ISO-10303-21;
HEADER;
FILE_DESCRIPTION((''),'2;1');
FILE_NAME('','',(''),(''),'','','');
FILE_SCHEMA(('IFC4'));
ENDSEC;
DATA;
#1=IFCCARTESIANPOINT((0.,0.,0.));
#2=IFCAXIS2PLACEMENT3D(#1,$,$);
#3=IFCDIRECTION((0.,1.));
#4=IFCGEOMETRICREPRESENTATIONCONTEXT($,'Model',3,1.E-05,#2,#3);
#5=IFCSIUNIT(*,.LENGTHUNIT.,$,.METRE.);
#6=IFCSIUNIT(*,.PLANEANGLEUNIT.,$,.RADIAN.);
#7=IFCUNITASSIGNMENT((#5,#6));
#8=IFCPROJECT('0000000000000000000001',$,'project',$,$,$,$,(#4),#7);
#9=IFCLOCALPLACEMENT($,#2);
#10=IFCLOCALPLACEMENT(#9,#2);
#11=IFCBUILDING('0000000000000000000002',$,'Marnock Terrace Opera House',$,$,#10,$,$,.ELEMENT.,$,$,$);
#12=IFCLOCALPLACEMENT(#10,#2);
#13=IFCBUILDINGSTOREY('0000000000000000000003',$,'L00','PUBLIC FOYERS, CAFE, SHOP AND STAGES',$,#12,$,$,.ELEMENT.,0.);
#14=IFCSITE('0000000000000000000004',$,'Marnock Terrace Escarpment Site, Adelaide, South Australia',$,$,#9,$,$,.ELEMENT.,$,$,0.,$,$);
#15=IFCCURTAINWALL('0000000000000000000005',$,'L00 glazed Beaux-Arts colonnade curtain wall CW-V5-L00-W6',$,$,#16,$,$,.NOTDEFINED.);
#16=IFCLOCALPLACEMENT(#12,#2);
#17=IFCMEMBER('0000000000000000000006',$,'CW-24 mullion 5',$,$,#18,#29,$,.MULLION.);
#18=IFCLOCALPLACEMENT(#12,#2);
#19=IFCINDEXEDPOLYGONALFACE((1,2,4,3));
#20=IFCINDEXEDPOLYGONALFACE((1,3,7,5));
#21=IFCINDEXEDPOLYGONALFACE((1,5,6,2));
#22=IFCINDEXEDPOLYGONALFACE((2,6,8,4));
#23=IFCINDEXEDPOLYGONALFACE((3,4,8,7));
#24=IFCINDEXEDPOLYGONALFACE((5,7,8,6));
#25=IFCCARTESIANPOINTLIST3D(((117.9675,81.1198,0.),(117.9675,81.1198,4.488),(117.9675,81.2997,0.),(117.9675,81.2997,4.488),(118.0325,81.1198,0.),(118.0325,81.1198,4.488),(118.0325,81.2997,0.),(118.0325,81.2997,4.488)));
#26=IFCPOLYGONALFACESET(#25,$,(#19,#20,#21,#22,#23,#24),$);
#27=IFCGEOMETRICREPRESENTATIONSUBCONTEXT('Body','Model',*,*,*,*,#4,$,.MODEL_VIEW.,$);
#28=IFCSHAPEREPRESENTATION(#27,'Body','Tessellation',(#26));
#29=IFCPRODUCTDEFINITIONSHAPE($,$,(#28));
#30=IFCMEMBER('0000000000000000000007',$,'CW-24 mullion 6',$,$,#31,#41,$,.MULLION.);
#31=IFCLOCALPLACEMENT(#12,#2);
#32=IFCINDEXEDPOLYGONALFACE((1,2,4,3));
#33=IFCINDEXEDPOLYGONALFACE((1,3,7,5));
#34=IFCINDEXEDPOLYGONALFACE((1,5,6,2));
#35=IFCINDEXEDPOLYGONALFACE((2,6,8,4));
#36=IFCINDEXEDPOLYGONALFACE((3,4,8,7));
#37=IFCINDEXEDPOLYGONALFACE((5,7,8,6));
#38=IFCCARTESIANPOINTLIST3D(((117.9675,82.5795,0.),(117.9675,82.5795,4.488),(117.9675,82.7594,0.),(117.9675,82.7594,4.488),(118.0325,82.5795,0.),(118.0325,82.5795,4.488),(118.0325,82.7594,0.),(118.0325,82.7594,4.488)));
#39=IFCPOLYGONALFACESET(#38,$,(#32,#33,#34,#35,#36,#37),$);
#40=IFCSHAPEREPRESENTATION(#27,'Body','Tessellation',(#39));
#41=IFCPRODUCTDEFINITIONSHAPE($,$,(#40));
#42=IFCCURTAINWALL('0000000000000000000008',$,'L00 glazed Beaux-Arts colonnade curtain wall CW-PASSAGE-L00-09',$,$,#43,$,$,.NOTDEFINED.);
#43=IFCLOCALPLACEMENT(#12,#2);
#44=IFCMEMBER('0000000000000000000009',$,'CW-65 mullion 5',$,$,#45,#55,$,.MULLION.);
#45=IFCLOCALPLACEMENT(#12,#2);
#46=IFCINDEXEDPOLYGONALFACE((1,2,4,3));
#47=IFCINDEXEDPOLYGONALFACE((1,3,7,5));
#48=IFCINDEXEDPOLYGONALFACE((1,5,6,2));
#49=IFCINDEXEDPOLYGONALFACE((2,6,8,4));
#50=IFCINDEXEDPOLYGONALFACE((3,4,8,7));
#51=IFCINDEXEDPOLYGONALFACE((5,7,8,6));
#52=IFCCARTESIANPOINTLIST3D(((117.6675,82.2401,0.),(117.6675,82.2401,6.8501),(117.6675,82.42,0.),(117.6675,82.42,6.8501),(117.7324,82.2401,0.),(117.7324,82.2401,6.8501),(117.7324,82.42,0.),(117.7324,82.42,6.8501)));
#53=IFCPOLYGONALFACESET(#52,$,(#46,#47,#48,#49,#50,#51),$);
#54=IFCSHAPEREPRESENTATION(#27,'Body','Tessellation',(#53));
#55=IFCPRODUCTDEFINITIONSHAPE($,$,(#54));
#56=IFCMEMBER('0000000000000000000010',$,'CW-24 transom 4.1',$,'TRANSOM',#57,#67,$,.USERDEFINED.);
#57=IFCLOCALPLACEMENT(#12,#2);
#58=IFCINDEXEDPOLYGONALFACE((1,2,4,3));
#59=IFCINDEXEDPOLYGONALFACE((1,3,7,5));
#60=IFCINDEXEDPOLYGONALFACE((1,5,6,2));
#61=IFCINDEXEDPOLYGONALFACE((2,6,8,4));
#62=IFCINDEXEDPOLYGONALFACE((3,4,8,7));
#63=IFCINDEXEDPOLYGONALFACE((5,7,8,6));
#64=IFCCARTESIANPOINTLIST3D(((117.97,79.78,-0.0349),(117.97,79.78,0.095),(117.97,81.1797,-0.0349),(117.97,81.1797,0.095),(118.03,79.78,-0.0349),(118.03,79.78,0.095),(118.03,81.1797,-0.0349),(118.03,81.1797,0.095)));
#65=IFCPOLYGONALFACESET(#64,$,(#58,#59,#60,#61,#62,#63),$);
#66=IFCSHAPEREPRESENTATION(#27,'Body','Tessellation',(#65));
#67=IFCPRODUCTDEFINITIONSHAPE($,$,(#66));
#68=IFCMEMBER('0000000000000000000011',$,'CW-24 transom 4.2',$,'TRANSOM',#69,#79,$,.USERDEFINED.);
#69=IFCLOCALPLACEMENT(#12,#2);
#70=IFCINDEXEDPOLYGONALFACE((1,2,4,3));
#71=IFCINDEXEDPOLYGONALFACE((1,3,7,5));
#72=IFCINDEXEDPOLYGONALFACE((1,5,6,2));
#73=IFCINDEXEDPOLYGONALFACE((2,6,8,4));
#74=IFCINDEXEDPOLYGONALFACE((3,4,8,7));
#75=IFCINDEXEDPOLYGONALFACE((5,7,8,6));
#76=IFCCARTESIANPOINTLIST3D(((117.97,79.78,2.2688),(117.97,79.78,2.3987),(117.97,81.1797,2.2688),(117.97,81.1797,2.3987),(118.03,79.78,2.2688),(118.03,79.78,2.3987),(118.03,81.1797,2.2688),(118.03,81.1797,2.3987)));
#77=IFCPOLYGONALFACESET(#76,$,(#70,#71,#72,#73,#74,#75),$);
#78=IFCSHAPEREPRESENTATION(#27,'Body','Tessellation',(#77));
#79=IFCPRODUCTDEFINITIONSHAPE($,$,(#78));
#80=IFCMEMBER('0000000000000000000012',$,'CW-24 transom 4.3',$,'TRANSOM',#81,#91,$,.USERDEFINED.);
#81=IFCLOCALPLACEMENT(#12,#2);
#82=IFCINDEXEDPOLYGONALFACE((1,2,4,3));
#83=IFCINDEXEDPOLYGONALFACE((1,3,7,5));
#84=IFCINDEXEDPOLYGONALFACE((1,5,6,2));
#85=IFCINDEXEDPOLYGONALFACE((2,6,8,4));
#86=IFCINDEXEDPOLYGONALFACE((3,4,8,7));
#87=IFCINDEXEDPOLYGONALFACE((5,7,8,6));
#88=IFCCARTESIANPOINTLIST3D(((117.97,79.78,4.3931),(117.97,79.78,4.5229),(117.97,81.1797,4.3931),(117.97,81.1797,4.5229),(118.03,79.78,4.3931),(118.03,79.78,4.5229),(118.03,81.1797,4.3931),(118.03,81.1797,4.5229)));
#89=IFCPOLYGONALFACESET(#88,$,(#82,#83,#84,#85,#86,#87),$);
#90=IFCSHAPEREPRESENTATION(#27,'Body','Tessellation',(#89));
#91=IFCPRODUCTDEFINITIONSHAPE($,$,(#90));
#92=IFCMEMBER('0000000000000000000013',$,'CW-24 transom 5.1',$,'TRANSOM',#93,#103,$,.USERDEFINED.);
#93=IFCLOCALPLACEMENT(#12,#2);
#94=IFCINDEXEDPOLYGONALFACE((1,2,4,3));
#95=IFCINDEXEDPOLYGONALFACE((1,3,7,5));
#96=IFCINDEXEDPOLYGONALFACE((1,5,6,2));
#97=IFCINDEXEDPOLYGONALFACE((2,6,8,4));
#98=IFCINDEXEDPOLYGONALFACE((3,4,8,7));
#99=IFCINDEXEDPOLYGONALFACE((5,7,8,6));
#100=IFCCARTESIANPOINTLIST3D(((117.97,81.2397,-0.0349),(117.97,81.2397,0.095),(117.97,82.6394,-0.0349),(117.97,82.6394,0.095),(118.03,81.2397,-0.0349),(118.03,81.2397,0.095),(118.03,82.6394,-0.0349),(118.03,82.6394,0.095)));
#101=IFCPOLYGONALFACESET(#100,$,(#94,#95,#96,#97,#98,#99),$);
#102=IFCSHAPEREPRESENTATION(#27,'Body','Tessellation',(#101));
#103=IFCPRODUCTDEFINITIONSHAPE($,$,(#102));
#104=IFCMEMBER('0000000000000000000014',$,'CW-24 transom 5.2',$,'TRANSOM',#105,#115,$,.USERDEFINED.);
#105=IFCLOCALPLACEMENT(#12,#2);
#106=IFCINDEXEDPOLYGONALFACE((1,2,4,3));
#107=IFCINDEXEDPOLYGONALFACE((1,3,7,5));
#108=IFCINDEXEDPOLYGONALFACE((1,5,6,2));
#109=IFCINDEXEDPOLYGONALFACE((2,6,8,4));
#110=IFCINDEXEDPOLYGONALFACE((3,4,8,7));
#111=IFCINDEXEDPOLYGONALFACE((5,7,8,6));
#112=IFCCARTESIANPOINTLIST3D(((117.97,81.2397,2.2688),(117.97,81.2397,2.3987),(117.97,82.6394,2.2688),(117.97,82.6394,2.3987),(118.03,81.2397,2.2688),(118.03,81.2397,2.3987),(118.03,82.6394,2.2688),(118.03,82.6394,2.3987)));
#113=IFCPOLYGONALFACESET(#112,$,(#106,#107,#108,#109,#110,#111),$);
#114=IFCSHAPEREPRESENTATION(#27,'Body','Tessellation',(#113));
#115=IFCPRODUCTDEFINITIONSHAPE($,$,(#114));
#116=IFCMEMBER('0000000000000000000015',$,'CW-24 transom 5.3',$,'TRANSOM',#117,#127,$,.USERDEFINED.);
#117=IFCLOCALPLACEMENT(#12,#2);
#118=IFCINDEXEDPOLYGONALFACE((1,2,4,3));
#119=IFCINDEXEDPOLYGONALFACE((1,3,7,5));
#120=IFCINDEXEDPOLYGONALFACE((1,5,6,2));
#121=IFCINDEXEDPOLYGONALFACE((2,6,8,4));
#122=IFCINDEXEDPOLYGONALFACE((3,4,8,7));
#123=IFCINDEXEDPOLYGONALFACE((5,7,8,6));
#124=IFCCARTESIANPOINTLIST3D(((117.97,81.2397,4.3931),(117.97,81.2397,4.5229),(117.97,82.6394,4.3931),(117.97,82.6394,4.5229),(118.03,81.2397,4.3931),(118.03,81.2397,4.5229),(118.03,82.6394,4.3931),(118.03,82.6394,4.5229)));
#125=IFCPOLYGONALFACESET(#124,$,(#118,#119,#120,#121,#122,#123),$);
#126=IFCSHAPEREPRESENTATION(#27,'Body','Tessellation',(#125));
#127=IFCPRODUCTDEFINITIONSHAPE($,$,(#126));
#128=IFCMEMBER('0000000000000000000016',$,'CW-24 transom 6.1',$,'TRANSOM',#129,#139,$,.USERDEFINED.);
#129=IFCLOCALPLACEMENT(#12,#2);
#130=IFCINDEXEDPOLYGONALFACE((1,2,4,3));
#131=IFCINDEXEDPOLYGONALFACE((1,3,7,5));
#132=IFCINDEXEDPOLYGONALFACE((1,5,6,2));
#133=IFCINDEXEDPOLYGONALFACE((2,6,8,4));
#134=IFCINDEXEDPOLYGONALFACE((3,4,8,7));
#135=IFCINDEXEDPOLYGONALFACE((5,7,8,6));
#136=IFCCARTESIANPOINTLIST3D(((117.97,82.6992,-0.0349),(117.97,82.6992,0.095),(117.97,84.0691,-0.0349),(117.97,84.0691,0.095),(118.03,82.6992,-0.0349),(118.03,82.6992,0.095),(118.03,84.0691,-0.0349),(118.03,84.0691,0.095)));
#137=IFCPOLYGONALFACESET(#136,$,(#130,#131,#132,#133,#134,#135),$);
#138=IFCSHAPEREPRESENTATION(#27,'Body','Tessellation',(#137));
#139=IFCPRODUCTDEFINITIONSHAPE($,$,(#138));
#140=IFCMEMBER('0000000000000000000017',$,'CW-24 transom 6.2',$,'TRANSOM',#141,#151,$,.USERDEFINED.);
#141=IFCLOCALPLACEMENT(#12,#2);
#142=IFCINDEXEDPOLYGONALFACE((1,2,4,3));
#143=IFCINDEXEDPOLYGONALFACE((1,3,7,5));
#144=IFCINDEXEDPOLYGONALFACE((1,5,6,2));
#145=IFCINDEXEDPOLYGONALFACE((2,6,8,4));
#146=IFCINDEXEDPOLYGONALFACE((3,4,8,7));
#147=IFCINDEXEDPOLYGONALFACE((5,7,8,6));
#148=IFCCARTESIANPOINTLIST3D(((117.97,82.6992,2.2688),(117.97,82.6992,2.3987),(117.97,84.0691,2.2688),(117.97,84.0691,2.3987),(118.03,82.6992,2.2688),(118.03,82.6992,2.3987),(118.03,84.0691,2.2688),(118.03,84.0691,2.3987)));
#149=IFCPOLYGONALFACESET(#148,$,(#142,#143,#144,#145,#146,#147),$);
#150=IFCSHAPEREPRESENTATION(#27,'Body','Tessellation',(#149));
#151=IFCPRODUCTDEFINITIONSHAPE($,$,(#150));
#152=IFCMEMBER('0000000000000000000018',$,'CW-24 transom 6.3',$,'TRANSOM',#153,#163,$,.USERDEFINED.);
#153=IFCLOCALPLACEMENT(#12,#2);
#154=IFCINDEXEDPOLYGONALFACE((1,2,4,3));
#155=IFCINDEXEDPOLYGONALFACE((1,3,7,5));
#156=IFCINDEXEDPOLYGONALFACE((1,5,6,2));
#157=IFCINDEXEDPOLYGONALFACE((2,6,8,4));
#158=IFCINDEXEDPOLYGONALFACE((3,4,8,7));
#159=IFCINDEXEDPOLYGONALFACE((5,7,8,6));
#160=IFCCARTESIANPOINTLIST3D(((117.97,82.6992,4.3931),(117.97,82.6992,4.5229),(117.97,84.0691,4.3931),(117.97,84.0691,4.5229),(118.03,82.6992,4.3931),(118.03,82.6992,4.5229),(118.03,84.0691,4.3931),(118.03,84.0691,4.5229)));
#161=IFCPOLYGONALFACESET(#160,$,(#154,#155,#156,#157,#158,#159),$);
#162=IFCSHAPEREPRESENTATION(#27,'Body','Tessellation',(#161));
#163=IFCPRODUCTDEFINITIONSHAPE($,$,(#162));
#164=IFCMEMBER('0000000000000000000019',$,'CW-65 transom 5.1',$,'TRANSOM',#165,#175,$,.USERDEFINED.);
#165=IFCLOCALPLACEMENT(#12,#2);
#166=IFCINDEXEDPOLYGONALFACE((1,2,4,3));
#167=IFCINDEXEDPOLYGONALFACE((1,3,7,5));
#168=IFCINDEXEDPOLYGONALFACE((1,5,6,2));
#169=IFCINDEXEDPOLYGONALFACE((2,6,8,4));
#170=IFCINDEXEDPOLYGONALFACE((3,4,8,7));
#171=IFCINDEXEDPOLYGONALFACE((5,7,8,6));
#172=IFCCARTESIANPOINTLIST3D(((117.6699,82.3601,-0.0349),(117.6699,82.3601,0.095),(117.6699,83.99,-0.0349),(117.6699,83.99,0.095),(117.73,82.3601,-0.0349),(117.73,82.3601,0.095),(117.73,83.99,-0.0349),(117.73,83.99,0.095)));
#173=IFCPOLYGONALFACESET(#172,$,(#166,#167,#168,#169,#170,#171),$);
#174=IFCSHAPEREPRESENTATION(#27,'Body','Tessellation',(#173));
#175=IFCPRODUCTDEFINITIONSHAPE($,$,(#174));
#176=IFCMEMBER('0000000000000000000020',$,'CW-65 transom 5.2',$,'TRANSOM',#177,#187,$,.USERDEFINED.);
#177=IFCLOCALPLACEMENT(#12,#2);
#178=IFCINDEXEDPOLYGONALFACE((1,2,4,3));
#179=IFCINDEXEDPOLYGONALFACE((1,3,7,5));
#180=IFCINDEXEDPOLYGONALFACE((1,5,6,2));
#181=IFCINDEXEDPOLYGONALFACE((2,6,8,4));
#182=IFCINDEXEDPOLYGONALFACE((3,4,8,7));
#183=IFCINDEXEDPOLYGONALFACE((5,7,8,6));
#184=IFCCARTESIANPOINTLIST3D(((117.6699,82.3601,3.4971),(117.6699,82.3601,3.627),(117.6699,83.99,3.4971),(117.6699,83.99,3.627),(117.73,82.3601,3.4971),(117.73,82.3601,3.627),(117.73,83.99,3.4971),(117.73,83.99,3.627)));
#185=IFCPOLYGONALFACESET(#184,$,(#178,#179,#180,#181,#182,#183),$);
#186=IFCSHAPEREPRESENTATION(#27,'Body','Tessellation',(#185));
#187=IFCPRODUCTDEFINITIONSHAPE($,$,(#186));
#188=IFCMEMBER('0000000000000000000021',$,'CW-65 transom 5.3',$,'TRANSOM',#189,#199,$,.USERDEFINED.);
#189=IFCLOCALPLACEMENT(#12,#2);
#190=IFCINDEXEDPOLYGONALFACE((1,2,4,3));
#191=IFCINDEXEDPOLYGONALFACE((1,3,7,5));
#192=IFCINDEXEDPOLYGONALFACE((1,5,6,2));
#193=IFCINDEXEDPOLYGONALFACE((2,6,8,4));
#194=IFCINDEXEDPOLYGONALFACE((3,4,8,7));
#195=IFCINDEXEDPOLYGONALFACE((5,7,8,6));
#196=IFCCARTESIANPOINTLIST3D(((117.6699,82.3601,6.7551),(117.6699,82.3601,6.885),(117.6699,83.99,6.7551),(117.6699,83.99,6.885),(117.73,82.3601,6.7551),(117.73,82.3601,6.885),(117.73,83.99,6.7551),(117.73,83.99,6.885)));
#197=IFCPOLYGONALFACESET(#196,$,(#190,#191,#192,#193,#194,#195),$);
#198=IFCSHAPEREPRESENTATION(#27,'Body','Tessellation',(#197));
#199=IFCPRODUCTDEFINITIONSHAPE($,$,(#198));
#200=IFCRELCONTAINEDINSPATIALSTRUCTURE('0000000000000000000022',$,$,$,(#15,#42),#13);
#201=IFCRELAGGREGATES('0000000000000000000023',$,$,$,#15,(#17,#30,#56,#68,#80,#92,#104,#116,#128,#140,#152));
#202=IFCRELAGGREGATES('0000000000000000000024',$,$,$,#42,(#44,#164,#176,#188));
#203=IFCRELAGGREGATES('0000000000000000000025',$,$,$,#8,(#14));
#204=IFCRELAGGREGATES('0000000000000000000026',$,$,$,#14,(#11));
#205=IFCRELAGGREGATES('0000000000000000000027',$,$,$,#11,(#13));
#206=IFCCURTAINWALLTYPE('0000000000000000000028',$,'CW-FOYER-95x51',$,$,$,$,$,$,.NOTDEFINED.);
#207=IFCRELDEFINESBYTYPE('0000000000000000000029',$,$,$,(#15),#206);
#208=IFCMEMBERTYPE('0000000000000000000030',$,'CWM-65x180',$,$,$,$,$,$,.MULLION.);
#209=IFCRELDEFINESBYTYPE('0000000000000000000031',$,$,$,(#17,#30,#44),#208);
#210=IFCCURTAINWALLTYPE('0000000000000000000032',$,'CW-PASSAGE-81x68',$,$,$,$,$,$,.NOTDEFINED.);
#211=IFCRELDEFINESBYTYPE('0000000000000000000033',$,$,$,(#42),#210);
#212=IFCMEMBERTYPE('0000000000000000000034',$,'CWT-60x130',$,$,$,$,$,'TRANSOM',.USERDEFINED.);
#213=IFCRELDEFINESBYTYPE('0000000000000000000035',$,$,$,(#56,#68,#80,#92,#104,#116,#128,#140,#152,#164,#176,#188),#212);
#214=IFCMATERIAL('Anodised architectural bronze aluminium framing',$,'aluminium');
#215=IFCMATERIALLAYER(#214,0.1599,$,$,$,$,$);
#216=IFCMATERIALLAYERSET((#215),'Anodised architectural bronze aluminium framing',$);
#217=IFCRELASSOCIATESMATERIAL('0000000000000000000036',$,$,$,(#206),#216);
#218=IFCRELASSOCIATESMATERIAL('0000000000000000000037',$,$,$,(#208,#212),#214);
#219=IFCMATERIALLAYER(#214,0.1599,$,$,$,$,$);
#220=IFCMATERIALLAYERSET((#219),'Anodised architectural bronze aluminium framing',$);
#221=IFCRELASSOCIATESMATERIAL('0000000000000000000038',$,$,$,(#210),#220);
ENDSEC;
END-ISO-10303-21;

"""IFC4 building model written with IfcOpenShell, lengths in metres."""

from ifc_helpers import new_model, si_unit, direction, frame, origin, origin_2d, place, context, subcontext, project, spatial, rectangle, extrude, material, layer, layer_set, material_profile, profile_set, type_object, element, aggregate, save


model = new_model("IFC4")

# Units and contexts
model_context = context("Model", 3, precision=1e-05, world=origin(), true_north=direction((0.0, 1.0)))
body_context = subcontext(model_context, "Body", "Model", "MODEL_VIEW")
ifc_project = project(units=[si_unit("LENGTHUNIT", "METRE"), si_unit("PLANEANGLEUNIT", "RADIAN")], contexts=[model_context])

# Site, building, storey
site_placement = place(None, origin())
site = spatial("IfcSite", under=ifc_project, at=site_placement, Name="Marnock Terrace Escarpment Site, Adelaide, South Australia", CompositionType="ELEMENT", RefElevation=0.0)
building_placement = place(site_placement, origin())
building = spatial("IfcBuilding", under=site, at=building_placement, Name="Marnock Terrace Opera House", CompositionType="ELEMENT")
storey_placement = place(building_placement, origin())
storey = spatial("IfcBuildingStorey", under=building, at=storey_placement, Name="L00", Description="PUBLIC FOYERS, CAFE, SHOP AND STAGES", CompositionType="ELEMENT", Elevation=0.0)

# Curtain wall, members
ifc_material_1 = material(Name="Anodised architectural bronze aluminium framing", Category="aluminium")
ifc_layer_1 = layer(ifc_material_1, 0.1599)
ifc_layer_set_1 = layer_set([ifc_layer_1], Name="Anodised architectural bronze aluminium framing")
curtain_wall_type_1 = type_object("IfcCurtainWallType", Name="CW-FOYER-95x51", PredefinedType="NOTDEFINED", material=ifc_layer_set_1)
curtain_wall_1_placement = place(storey_placement, origin())
curtain_wall_1 = element("IfcCurtainWall", 1, at=curtain_wall_1_placement, inside=storey, type_object=curtain_wall_type_1, Name="L00 glazed Beaux-Arts colonnade curtain wall CW-V5-L00-W6", PredefinedType="NOTDEFINED")
ifc_material_profile_1 = material_profile(ifc_material_1, rectangle(XDim=0.0649, YDim=0.1799, at=origin_2d()))
ifc_profile_set_1 = profile_set([ifc_material_profile_1], Name="Anodised architectural bronze aluminium framing")
member_type_1 = type_object("IfcMemberType", Name="CWM-65x180", PredefinedType="MULLION", material=ifc_profile_set_1)
member_1_placement = place(storey_placement, frame((118.0, 81.2097, 0.0), z_axis=(0.0, 0.0, 1.0), x_axis=(-1.0, 0.0, 0.0)))
member_1 = element("IfcMember", 2, at=member_1_placement, type_object=member_type_1, Name="CW-24 mullion 5", PredefinedType="MULLION", context=body_context, shape_type="SweptSolid", body=[
    extrude(rectangle(XDim=0.0649, YDim=0.1799, at=origin_2d()), origin(), (0.0, 0.0, 1.0), 4.488),
])
member_2_placement = place(storey_placement, frame((118.0, 82.6694, 0.0), z_axis=(0.0, 0.0, 1.0), x_axis=(-1.0, 0.0, 0.0)))
member_2 = element("IfcMember", 3, at=member_2_placement, type_object=member_type_1, Name="CW-24 mullion 6", PredefinedType="MULLION", context=body_context, shape_type="SweptSolid", body=[
    extrude(rectangle(XDim=0.0649, YDim=0.1799, at=origin_2d()), origin(), (0.0, 0.0, 1.0), 4.488),
])

# Curtain wall, member
ifc_layer_2 = layer(ifc_material_1, 0.1599)
ifc_layer_set_2 = layer_set([ifc_layer_2], Name="Anodised architectural bronze aluminium framing")
curtain_wall_type_2 = type_object("IfcCurtainWallType", Name="CW-PASSAGE-81x68", PredefinedType="NOTDEFINED", material=ifc_layer_set_2)
curtain_wall_2_placement = place(storey_placement, origin())
curtain_wall_2 = element("IfcCurtainWall", 4, at=curtain_wall_2_placement, inside=storey, type_object=curtain_wall_type_2, Name="L00 glazed Beaux-Arts colonnade curtain wall CW-PASSAGE-L00-09", PredefinedType="NOTDEFINED")
member_3_placement = place(storey_placement, frame((117.7, 82.3301, 0.0), z_axis=(0.0, 0.0, 1.0), x_axis=(-1.0, 0.0, 0.0)))
member_3 = element("IfcMember", 5, at=member_3_placement, type_object=member_type_1, Name="CW-65 mullion 5", PredefinedType="MULLION", context=body_context, shape_type="SweptSolid", body=[
    extrude(rectangle(XDim=0.0649, YDim=0.1799, at=origin_2d()), origin(), (0.0, 0.0, 1.0), 6.8501),
])

# Members
ifc_material_profile_2 = material_profile(ifc_material_1, rectangle(XDim=0.0601, YDim=0.1299, at=origin_2d()))
ifc_profile_set_2 = profile_set([ifc_material_profile_2], Name="Anodised architectural bronze aluminium framing")
member_type_2 = type_object("IfcMemberType", Name="CWT-60x130", ElementType="TRANSOM", PredefinedType="USERDEFINED", material=ifc_profile_set_2)
member_4_placement = place(storey_placement, frame((118.0, 79.78, 0.03), z_axis=(0.0, 1.0, 0.0), x_axis=(-1.0, 0.0, 0.0)))
member_4 = element("IfcMember", 6, at=member_4_placement, type_object=member_type_2, Name="CW-24 transom 4.1", ObjectType="TRANSOM", PredefinedType="USERDEFINED", context=body_context, shape_type="SweptSolid", body=[
    extrude(rectangle(XDim=0.0601, YDim=0.1299, at=origin_2d()), origin(), (0.0, 0.0, 1.0), 1.3997),
])
member_5_placement = place(storey_placement, frame((118.0, 79.78, 2.3337), z_axis=(0.0, 1.0, 0.0), x_axis=(-1.0, 0.0, 0.0)))
member_5 = element("IfcMember", 7, at=member_5_placement, type_object=member_type_2, Name="CW-24 transom 4.2", ObjectType="TRANSOM", PredefinedType="USERDEFINED", context=body_context, shape_type="SweptSolid", body=[
    extrude(rectangle(XDim=0.0601, YDim=0.1299, at=origin_2d()), origin(), (0.0, 0.0, 1.0), 1.3997),
])
member_6_placement = place(storey_placement, frame((118.0, 79.78, 4.458), z_axis=(0.0, 1.0, 0.0), x_axis=(-1.0, 0.0, 0.0)))
member_6 = element("IfcMember", 8, at=member_6_placement, type_object=member_type_2, Name="CW-24 transom 4.3", ObjectType="TRANSOM", PredefinedType="USERDEFINED", context=body_context, shape_type="SweptSolid", body=[
    extrude(rectangle(XDim=0.0601, YDim=0.1299, at=origin_2d()), origin(), (0.0, 0.0, 1.0), 1.3997),
])
member_7_placement = place(storey_placement, frame((118.0, 81.2397, 0.03), z_axis=(0.0, 1.0, 0.0), x_axis=(-1.0, 0.0, 0.0)))
member_7 = element("IfcMember", 9, at=member_7_placement, type_object=member_type_2, Name="CW-24 transom 5.1", ObjectType="TRANSOM", PredefinedType="USERDEFINED", context=body_context, shape_type="SweptSolid", body=[
    extrude(rectangle(XDim=0.0601, YDim=0.1299, at=origin_2d()), origin(), (0.0, 0.0, 1.0), 1.3997),
])
member_8_placement = place(storey_placement, frame((118.0, 81.2397, 2.3337), z_axis=(0.0, 1.0, 0.0), x_axis=(-1.0, 0.0, 0.0)))
member_8 = element("IfcMember", 10, at=member_8_placement, type_object=member_type_2, Name="CW-24 transom 5.2", ObjectType="TRANSOM", PredefinedType="USERDEFINED", context=body_context, shape_type="SweptSolid", body=[
    extrude(rectangle(XDim=0.0601, YDim=0.1299, at=origin_2d()), origin(), (0.0, 0.0, 1.0), 1.3997),
])
member_9_placement = place(storey_placement, frame((118.0, 81.2397, 4.458), z_axis=(0.0, 1.0, 0.0), x_axis=(-1.0, 0.0, 0.0)))
member_9 = element("IfcMember", 11, at=member_9_placement, type_object=member_type_2, Name="CW-24 transom 5.3", ObjectType="TRANSOM", PredefinedType="USERDEFINED", context=body_context, shape_type="SweptSolid", body=[
    extrude(rectangle(XDim=0.0601, YDim=0.1299, at=origin_2d()), origin(), (0.0, 0.0, 1.0), 1.3997),
])
member_10_placement = place(storey_placement, frame((118.0, 82.6992, 0.03), z_axis=(0.0, 1.0, 0.0), x_axis=(-1.0, 0.0, 0.0)))
member_10 = element("IfcMember", 12, at=member_10_placement, type_object=member_type_2, Name="CW-24 transom 6.1", ObjectType="TRANSOM", PredefinedType="USERDEFINED", context=body_context, shape_type="SweptSolid", body=[
    extrude(rectangle(XDim=0.0601, YDim=0.1299, at=origin_2d()), origin(), (0.0, 0.0, 1.0), 1.3699),
])
member_11_placement = place(storey_placement, frame((118.0, 82.6992, 2.3337), z_axis=(0.0, 1.0, 0.0), x_axis=(-1.0, 0.0, 0.0)))
member_11 = element("IfcMember", 13, at=member_11_placement, type_object=member_type_2, Name="CW-24 transom 6.2", ObjectType="TRANSOM", PredefinedType="USERDEFINED", context=body_context, shape_type="SweptSolid", body=[
    extrude(rectangle(XDim=0.0601, YDim=0.1299, at=origin_2d()), origin(), (0.0, 0.0, 1.0), 1.3699),
])
member_12_placement = place(storey_placement, frame((118.0, 82.6992, 4.458), z_axis=(0.0, 1.0, 0.0), x_axis=(-1.0, 0.0, 0.0)))
member_12 = element("IfcMember", 14, at=member_12_placement, type_object=member_type_2, Name="CW-24 transom 6.3", ObjectType="TRANSOM", PredefinedType="USERDEFINED", context=body_context, shape_type="SweptSolid", body=[
    extrude(rectangle(XDim=0.0601, YDim=0.1299, at=origin_2d()), origin(), (0.0, 0.0, 1.0), 1.3699),
])
member_13_placement = place(storey_placement, frame((117.7, 82.3601, 0.03), z_axis=(0.0, 1.0, 0.0), x_axis=(-1.0, 0.0, 0.0)))
member_13 = element("IfcMember", 15, at=member_13_placement, type_object=member_type_2, Name="CW-65 transom 5.1", ObjectType="TRANSOM", PredefinedType="USERDEFINED", context=body_context, shape_type="SweptSolid", body=[
    extrude(rectangle(XDim=0.0601, YDim=0.1299, at=origin_2d()), origin(), (0.0, 0.0, 1.0), 1.6299),
])
member_14_placement = place(storey_placement, frame((117.7, 82.3601, 3.562), z_axis=(0.0, 1.0, 0.0), x_axis=(-1.0, 0.0, 0.0)))
member_14 = element("IfcMember", 16, at=member_14_placement, type_object=member_type_2, Name="CW-65 transom 5.2", ObjectType="TRANSOM", PredefinedType="USERDEFINED", context=body_context, shape_type="SweptSolid", body=[
    extrude(rectangle(XDim=0.0601, YDim=0.1299, at=origin_2d()), origin(), (0.0, 0.0, 1.0), 1.6299),
])
member_15_placement = place(storey_placement, frame((117.7, 82.3601, 6.8201), z_axis=(0.0, 1.0, 0.0), x_axis=(-1.0, 0.0, 0.0)))
member_15 = element("IfcMember", 17, at=member_15_placement, type_object=member_type_2, Name="CW-65 transom 5.3", ObjectType="TRANSOM", PredefinedType="USERDEFINED", context=body_context, shape_type="SweptSolid", body=[
    extrude(rectangle(XDim=0.0601, YDim=0.1299, at=origin_2d()), origin(), (0.0, 0.0, 1.0), 1.6299),
])

aggregate(curtain_wall_1, [member_1, member_2, member_4, member_5, member_6, member_7, member_8, member_9, member_10, member_11, member_12])
aggregate(curtain_wall_2, [member_3, member_13, member_14, member_15])

save(model, "model.ifc")
